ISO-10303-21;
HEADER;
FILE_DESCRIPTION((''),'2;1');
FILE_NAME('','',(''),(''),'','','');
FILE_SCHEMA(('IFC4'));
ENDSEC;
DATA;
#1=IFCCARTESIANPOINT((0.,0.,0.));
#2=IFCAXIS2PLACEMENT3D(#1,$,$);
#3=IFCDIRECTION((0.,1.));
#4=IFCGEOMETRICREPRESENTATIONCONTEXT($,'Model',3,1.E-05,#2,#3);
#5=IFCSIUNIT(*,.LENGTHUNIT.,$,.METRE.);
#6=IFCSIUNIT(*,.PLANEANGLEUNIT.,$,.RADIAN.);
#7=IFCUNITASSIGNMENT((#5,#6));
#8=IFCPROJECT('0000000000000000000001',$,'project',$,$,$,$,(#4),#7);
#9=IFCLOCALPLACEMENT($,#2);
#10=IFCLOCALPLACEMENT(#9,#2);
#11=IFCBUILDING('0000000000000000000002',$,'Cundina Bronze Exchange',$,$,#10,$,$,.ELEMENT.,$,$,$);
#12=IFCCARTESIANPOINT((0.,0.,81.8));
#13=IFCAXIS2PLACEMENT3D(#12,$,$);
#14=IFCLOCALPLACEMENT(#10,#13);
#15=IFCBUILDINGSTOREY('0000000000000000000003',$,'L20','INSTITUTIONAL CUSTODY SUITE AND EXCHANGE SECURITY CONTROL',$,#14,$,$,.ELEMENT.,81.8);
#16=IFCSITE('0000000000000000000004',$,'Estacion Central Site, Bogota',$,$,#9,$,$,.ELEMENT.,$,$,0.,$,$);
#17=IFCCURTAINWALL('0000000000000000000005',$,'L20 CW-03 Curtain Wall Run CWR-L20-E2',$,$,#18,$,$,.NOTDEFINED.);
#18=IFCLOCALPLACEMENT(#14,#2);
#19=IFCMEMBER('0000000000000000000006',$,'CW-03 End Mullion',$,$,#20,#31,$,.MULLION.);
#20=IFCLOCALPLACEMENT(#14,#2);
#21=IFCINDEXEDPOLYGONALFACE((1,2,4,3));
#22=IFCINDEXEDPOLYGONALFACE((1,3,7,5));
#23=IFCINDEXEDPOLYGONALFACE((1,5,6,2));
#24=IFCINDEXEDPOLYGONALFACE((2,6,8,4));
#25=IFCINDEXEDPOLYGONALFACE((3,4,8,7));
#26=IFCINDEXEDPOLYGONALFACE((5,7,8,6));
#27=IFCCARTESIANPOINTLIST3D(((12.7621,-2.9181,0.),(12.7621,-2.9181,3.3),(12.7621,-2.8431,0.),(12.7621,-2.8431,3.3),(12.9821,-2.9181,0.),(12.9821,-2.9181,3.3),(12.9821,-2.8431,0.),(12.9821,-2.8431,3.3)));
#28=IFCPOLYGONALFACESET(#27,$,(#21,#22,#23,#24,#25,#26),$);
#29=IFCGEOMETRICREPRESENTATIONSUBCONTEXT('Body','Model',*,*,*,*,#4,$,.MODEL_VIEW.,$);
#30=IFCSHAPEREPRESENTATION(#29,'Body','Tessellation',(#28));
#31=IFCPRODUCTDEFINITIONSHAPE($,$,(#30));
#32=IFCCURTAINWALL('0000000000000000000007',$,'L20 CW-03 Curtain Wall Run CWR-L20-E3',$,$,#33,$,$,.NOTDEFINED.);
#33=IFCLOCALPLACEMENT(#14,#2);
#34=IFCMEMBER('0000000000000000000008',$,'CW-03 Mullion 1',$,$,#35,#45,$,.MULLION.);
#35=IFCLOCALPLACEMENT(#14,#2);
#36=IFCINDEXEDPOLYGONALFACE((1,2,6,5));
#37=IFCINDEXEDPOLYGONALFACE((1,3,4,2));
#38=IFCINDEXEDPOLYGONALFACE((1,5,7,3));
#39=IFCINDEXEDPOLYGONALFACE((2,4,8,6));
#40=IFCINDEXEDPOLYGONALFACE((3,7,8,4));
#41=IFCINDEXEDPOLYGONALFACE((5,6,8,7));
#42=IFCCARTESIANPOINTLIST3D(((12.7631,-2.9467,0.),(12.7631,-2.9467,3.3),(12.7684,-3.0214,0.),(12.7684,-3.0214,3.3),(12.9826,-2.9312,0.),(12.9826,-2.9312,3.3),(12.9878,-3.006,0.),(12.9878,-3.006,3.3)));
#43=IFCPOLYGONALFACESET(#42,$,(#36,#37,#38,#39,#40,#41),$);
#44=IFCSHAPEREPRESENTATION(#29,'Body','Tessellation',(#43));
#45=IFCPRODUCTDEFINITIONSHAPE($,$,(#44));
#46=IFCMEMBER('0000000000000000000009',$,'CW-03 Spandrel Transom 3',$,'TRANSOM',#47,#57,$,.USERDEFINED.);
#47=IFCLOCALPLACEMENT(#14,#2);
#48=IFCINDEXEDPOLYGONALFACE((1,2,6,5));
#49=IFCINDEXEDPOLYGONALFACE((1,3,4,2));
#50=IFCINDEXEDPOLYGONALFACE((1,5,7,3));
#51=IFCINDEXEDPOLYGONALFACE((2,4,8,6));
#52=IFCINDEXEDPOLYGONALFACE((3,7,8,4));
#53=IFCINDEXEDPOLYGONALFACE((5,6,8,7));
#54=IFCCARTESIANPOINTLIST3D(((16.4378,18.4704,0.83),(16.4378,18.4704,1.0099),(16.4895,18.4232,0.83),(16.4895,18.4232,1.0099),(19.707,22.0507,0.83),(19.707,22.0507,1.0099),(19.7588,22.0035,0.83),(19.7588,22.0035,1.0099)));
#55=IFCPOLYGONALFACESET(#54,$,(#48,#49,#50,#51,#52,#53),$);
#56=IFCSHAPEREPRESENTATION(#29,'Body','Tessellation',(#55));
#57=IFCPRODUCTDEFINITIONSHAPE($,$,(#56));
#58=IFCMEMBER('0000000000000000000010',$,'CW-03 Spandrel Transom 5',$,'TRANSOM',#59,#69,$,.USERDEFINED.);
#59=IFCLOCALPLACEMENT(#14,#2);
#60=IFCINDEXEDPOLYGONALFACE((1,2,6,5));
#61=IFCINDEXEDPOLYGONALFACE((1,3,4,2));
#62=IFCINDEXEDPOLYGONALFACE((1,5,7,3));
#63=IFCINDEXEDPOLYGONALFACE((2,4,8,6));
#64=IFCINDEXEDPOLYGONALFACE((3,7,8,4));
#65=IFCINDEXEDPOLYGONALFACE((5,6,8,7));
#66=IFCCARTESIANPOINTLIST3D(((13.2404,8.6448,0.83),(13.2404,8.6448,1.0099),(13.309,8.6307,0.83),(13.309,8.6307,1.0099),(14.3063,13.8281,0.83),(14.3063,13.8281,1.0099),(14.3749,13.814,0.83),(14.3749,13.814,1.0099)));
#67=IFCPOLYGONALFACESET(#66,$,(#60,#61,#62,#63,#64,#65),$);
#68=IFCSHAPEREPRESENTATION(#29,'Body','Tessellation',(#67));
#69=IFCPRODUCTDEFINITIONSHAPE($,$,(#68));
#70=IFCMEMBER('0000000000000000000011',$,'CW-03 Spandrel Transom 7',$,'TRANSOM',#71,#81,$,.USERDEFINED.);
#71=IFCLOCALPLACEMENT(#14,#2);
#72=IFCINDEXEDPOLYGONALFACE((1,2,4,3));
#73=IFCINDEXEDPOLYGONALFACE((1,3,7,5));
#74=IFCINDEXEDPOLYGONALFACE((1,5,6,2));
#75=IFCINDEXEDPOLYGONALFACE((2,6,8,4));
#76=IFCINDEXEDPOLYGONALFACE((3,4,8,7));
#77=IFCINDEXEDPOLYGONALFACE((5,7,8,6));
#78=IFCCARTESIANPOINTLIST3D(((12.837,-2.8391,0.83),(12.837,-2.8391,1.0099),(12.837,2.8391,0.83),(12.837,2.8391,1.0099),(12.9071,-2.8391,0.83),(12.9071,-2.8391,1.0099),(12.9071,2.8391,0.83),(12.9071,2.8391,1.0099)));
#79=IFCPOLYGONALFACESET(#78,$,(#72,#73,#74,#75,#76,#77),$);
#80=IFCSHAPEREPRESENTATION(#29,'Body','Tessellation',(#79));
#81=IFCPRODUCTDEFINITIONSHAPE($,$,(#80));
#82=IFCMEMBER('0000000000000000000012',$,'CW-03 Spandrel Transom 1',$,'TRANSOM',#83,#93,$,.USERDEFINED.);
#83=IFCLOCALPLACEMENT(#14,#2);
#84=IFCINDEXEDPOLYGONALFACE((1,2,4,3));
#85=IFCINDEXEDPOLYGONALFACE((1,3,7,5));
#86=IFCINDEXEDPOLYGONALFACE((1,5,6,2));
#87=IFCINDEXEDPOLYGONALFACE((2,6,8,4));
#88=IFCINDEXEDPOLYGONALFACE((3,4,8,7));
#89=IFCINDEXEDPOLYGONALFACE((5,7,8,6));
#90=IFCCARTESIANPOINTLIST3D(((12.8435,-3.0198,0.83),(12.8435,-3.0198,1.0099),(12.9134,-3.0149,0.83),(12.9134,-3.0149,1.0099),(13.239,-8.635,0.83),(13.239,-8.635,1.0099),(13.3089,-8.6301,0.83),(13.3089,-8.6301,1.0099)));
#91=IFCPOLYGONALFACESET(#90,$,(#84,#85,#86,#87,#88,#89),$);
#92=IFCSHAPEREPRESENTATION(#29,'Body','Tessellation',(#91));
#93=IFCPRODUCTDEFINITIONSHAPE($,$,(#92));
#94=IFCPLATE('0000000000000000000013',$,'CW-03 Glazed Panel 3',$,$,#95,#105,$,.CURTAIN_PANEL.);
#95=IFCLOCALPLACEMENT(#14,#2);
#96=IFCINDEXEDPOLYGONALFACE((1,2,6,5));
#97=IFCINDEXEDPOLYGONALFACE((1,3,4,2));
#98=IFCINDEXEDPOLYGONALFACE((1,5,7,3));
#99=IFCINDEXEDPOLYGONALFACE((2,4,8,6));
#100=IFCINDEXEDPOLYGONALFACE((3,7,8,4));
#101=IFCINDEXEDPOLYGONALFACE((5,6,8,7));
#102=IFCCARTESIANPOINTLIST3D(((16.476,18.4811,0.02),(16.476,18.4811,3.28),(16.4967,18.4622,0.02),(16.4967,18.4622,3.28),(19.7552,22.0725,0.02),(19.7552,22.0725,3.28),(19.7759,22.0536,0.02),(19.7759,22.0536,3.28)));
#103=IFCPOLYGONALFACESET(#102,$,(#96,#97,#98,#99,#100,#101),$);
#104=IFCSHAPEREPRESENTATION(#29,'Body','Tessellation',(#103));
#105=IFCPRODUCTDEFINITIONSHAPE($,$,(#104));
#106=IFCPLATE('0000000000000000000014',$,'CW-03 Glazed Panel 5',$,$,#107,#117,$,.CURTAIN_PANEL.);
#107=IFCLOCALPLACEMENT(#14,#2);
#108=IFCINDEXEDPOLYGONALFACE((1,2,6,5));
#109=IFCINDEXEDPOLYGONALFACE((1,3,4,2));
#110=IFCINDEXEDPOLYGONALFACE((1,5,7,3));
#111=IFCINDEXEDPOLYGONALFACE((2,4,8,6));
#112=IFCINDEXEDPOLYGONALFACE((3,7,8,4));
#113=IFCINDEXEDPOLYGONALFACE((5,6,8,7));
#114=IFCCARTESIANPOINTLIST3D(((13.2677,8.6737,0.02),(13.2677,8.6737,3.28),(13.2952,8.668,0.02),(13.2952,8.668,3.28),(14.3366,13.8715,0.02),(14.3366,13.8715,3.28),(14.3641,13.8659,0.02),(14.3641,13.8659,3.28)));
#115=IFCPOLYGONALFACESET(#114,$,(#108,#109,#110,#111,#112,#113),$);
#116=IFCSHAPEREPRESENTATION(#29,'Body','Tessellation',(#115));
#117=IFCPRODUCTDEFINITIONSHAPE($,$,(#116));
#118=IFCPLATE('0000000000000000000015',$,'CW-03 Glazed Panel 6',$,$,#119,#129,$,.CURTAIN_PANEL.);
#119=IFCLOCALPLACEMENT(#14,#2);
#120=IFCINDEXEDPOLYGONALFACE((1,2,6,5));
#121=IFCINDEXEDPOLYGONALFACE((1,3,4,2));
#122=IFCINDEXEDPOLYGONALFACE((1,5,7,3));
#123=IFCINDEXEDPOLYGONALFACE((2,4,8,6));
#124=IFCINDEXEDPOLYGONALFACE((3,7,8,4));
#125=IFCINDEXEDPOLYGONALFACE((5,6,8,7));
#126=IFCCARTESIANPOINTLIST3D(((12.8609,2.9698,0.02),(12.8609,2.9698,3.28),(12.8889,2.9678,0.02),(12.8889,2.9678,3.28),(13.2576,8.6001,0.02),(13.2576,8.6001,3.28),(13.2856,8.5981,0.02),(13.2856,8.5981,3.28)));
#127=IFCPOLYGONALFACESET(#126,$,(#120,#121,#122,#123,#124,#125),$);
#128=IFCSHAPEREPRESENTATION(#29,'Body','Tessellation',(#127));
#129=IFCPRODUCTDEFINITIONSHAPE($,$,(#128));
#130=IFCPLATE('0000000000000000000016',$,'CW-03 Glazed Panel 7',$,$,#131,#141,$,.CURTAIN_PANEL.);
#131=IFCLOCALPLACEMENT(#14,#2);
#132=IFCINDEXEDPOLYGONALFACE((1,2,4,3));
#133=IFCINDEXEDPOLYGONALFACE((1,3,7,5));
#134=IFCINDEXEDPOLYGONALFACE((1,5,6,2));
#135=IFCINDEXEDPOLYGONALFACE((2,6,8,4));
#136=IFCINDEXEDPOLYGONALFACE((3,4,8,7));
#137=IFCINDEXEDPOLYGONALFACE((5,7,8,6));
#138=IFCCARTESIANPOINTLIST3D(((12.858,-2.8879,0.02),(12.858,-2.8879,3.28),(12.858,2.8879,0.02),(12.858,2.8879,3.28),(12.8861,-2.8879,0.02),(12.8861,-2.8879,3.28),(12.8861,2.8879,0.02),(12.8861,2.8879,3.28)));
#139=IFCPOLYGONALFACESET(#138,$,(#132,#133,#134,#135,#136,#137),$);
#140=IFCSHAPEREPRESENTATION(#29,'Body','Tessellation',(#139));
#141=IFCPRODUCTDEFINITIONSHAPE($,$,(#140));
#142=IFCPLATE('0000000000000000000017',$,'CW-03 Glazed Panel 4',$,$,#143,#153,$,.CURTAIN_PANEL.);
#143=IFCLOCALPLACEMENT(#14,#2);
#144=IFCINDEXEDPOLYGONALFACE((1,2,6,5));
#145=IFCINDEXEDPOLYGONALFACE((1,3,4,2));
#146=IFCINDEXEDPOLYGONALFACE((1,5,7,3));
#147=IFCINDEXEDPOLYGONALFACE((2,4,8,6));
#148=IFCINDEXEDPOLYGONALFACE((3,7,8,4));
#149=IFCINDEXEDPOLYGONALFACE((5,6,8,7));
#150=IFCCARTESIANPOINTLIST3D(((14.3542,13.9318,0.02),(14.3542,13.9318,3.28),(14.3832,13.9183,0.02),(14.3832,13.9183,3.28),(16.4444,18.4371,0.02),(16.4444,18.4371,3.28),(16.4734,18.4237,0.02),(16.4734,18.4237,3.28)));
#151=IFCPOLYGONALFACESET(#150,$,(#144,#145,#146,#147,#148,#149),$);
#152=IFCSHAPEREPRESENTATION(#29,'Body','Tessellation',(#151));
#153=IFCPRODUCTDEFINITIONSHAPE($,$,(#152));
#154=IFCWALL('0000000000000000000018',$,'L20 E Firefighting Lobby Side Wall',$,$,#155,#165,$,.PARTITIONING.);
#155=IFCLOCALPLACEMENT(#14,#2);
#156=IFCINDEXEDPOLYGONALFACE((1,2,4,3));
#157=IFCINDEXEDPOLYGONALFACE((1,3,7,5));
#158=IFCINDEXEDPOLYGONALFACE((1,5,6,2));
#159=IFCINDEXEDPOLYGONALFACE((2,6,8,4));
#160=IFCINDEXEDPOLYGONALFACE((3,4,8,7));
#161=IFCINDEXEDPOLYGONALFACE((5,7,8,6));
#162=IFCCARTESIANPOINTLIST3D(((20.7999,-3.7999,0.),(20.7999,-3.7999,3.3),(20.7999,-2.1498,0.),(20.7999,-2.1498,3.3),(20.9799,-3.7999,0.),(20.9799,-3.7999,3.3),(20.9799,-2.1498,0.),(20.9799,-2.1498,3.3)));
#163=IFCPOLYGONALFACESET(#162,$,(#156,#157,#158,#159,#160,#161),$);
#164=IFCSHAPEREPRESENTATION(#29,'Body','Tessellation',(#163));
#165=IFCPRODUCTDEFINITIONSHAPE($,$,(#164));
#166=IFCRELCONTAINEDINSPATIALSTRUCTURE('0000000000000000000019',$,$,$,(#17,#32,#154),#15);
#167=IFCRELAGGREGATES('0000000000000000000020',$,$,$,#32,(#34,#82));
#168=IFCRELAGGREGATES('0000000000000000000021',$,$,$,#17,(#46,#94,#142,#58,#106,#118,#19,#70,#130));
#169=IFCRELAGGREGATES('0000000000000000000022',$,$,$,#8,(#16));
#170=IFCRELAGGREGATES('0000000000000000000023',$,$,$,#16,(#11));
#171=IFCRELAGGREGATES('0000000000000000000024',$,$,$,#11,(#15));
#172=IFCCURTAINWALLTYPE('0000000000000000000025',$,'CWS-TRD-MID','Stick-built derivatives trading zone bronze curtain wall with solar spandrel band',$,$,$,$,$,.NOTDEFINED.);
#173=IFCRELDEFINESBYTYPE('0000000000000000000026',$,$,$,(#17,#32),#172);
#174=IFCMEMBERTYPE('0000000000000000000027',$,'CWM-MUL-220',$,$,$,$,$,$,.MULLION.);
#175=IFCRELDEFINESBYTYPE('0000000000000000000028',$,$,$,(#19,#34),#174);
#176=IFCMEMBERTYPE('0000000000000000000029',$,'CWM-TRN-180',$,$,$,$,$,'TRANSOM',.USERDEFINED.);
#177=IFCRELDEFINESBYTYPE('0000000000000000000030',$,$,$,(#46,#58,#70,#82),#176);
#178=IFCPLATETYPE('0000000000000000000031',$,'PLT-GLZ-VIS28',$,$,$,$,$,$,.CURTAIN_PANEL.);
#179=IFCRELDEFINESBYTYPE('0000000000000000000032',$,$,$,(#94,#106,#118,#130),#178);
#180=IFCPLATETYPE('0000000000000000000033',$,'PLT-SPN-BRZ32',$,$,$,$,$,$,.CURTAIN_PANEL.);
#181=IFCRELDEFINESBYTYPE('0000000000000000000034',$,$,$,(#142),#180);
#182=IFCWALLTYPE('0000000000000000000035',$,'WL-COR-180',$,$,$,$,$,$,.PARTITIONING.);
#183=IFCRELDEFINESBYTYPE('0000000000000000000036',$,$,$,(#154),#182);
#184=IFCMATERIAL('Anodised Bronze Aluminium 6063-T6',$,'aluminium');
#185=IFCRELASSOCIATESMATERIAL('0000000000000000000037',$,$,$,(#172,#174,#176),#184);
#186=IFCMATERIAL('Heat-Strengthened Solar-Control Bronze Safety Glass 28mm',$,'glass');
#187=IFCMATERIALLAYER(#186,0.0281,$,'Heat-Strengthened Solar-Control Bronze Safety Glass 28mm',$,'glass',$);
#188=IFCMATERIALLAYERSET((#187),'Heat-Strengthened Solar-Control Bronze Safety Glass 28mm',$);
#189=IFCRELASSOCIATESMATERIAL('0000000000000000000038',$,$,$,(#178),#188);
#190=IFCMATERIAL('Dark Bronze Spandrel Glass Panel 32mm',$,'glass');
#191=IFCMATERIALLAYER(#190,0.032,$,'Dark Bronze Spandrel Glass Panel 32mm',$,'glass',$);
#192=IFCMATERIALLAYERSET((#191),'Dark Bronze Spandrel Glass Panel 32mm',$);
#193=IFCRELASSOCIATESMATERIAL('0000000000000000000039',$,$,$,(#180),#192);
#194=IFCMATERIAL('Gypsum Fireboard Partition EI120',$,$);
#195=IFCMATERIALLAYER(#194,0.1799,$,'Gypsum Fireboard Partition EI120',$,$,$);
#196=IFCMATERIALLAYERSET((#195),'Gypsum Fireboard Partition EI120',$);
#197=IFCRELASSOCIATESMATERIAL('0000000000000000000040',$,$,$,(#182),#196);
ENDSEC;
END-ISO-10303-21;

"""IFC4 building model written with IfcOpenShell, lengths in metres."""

from ifc_helpers import new_model, si_unit, direction, frame, frame_2d, origin, origin_2d, place, context, subcontext, project, spatial, rectangle, extrude, material, layer, layer_set, material_profile, profile_set, type_object, element, aggregate, save


model = new_model("IFC4")

# Units and contexts
model_context = context("Model", 3, precision=1e-05, world=origin(), true_north=direction((0.0, 1.0)))
body_context = subcontext(model_context, "Body", "Model", "MODEL_VIEW")
ifc_project = project(units=[si_unit("LENGTHUNIT", "METRE"), si_unit("PLANEANGLEUNIT", "RADIAN")], contexts=[model_context])

# Site, building, storey
site_placement = place(None, origin())
site = spatial("IfcSite", under=ifc_project, at=site_placement, Name="Estacion Central Site, Bogota", CompositionType="ELEMENT", RefElevation=0.0)
building_placement = place(site_placement, origin())
building = spatial("IfcBuilding", under=site, at=building_placement, Name="Cundina Bronze Exchange", CompositionType="ELEMENT")
storey_placement = place(building_placement, frame((0.0, 0.0, 81.8)))
storey = spatial("IfcBuildingStorey", under=building, at=storey_placement, Name="L20", Description="INSTITUTIONAL CUSTODY SUITE AND EXCHANGE SECURITY CONTROL", CompositionType="ELEMENT", Elevation=81.8)

# Curtain wall, member
ifc_material_1 = material(Name="Anodised Bronze Aluminium 6063-T6", Category="aluminium")
curtain_wall_type = type_object("IfcCurtainWallType", Name="CWS-TRD-MID", Description="Stick-built derivatives trading zone bronze curtain wall with solar spandrel band", PredefinedType="NOTDEFINED", material=ifc_material_1)
curtain_wall_1_placement = place(storey_placement, origin())
curtain_wall_1 = element("IfcCurtainWall", 1, at=curtain_wall_1_placement, inside=storey, type_object=curtain_wall_type, Name="L20 CW-03 Curtain Wall Run CWR-L20-E2", PredefinedType="NOTDEFINED")
ifc_material_profile_1 = material_profile(ifc_material_1, rectangle(XDim=0.075, YDim=0.22, at=origin_2d()), Name="AL75X220", Category="aluminium")
ifc_profile_set_1 = profile_set([ifc_material_profile_1], Name="Anodised Bronze Aluminium 6063-T6")
member_type_1 = type_object("IfcMemberType", Name="CWM-MUL-220", PredefinedType="MULLION", material=ifc_profile_set_1)
member_1_placement = place(storey_placement, frame((12.8721, -2.8806, 0.0), z_axis=(0.0, 0.0, 1.0), x_axis=(0.0, -1.0, 0.0)))
member_1 = element("IfcMember", 2, at=member_1_placement, type_object=member_type_1, Name="CW-03 End Mullion", PredefinedType="MULLION", context=body_context, shape_type="SweptSolid", body=[
    extrude(rectangle(XDim=0.075, YDim=0.22, at=origin_2d()), origin(), (0.0, 0.0, 1.0), 3.3),
])

# Curtain wall, member
curtain_wall_2_placement = place(storey_placement, origin())
curtain_wall_2 = element("IfcCurtainWall", 3, at=curtain_wall_2_placement, inside=storey, type_object=curtain_wall_type, Name="L20 CW-03 Curtain Wall Run CWR-L20-E3", PredefinedType="NOTDEFINED")
member_2_placement = place(storey_placement, frame((12.8755, -2.9763, 0.0), z_axis=(0.0, 0.0, 1.0), x_axis=(0.070279, -0.997527, 0.0)))
member_2 = element("IfcMember", 4, at=member_2_placement, type_object=member_type_1, Name="CW-03 Mullion 1", PredefinedType="MULLION", context=body_context, shape_type="SweptSolid", body=[
    extrude(rectangle(XDim=0.075, YDim=0.22, at=origin_2d()), origin(), (0.0, 0.0, 1.0), 3.3),
])

# Members
ifc_material_profile_2 = material_profile(ifc_material_1, rectangle(XDim=0.0701, YDim=0.1799, at=origin_2d()), Name="AL70X180", Category="aluminium")
ifc_profile_set_2 = profile_set([ifc_material_profile_2], Name="Anodised Bronze Aluminium 6063-T6")
member_type_2 = type_object("IfcMemberType", Name="CWM-TRN-180", ElementType="TRANSOM", PredefinedType="USERDEFINED", material=ifc_profile_set_2)
member_3_placement = place(storey_placement, frame((19.7329, 22.0271, 0.9199), z_axis=(-0.674303, -0.738455, 0.0), x_axis=(0.738455, -0.674303, 0.0)))
member_3 = element("IfcMember", 5, at=member_3_placement, type_object=member_type_2, Name="CW-03 Spandrel Transom 3", ObjectType="TRANSOM", PredefinedType="USERDEFINED", context=body_context, shape_type="SweptSolid", body=[
    extrude(rectangle(XDim=0.0701, YDim=0.1799, at=origin_2d()), origin(), (0.0, 0.0, 1.0), 4.8484),
])
member_4_placement = place(storey_placement, frame((14.3406, 13.821, 0.9199), z_axis=(-0.201428, -0.979503, 0.0), x_axis=(0.979503, -0.201428, 0.0)))
member_4 = element("IfcMember", 6, at=member_4_placement, type_object=member_type_2, Name="CW-03 Spandrel Transom 5", ObjectType="TRANSOM", PredefinedType="USERDEFINED", context=body_context, shape_type="SweptSolid", body=[
    extrude(rectangle(XDim=0.0701, YDim=0.1799, at=origin_2d()), origin(), (0.0, 0.0, 1.0), 5.2917),
])
member_5_placement = place(storey_placement, frame((12.8721, 2.8391, 0.9199), z_axis=(0.0, -1.0, 0.0), x_axis=(1.0, 0.0, 0.0)))
member_5 = element("IfcMember", 7, at=member_5_placement, type_object=member_type_2, Name="CW-03 Spandrel Transom 7", ObjectType="TRANSOM", PredefinedType="USERDEFINED", context=body_context, shape_type="SweptSolid", body=[
    extrude(rectangle(XDim=0.0701, YDim=0.1799, at=origin_2d()), origin(), (0.0, 0.0, 1.0), 5.6782),
])
member_6_placement = place(storey_placement, frame((12.8784, -3.0173, 0.9199), z_axis=(0.070261, -0.997529, 0.0), x_axis=(0.997529, 0.070261, 0.0)))
member_6 = element("IfcMember", 8, at=member_6_placement, type_object=member_type_2, Name="CW-03 Spandrel Transom 1", ObjectType="TRANSOM", PredefinedType="USERDEFINED", context=body_context, shape_type="SweptSolid", body=[
    extrude(rectangle(XDim=0.0701, YDim=0.1799, at=origin_2d()), origin(), (0.0, 0.0, 1.0), 5.6292),
])
aggregate(curtain_wall_2, [member_2, member_6])

# Plates
ifc_material_2 = material(Name="Heat-Strengthened Solar-Control Bronze Safety Glass 28mm", Category="glass")
ifc_layer_1 = layer(ifc_material_2, 0.0281, Name="Heat-Strengthened Solar-Control Bronze Safety Glass 28mm", Category="glass")
ifc_layer_set_1 = layer_set([ifc_layer_1], Name="Heat-Strengthened Solar-Control Bronze Safety Glass 28mm")
plate_type_1 = type_object("IfcPlateType", Name="PLT-GLZ-VIS28", PredefinedType="CURTAIN_PANEL", material=ifc_layer_set_1)
plate_1_placement = place(storey_placement, frame((18.126, 20.2673, 0.02), z_axis=(0.0, 0.0, 1.0), x_axis=(-0.674277, -0.738479, 0.0)))
plate_1 = element("IfcPlate", 9, at=plate_1_placement, type_object=plate_type_1, Name="CW-03 Glazed Panel 3", PredefinedType="CURTAIN_PANEL", context=body_context, shape_type="SweptSolid", body=[
    extrude(rectangle(XDim=4.8633, YDim=0.0281, at=origin_2d()), origin(), (0.0, 0.0, 1.0), 3.26),
])
plate_2_placement = place(storey_placement, frame((13.8159, 11.2698, 0.02), z_axis=(0.0, 0.0, 1.0), x_axis=(-0.20142, -0.979505, 0.0)))
plate_2 = element("IfcPlate", 10, at=plate_2_placement, type_object=plate_type_1, Name="CW-03 Glazed Panel 5", PredefinedType="CURTAIN_PANEL", context=body_context, shape_type="SweptSolid", body=[
    extrude(rectangle(XDim=5.3066, YDim=0.0281, at=origin_2d()), origin(), (0.0, 0.0, 1.0), 3.26),
])
plate_3_placement = place(storey_placement, frame((13.0732, 5.7839, 0.02), z_axis=(0.0, 0.0, 1.0), x_axis=(-0.070279, -0.997527, 0.0)))
plate_3 = element("IfcPlate", 11, at=plate_3_placement, type_object=plate_type_1, Name="CW-03 Glazed Panel 6", PredefinedType="CURTAIN_PANEL", context=body_context, shape_type="SweptSolid", body=[
    extrude(rectangle(XDim=5.6443, YDim=0.0281, at=origin_2d()), origin(), (0.0, 0.0, 1.0), 3.26),
])
plate_4_placement = place(storey_placement, frame((12.8721, 0.0, 0.02), z_axis=(0.0, 0.0, 1.0), x_axis=(0.0, -1.0, 0.0)))
plate_4 = element("IfcPlate", 12, at=plate_4_placement, type_object=plate_type_1, Name="CW-03 Glazed Panel 7", PredefinedType="CURTAIN_PANEL", context=body_context, shape_type="SweptSolid", body=[
    extrude(rectangle(XDim=5.7759, YDim=0.0281, at=origin_2d()), origin(), (0.0, 0.0, 1.0), 3.26),
])
ifc_material_3 = material(Name="Dark Bronze Spandrel Glass Panel 32mm", Category="glass")
ifc_layer_2 = layer(ifc_material_3, 0.032, Name="Dark Bronze Spandrel Glass Panel 32mm", Category="glass")
ifc_layer_set_2 = layer_set([ifc_layer_2], Name="Dark Bronze Spandrel Glass Panel 32mm")
plate_type_2 = type_object("IfcPlateType", Name="PLT-SPN-BRZ32", PredefinedType="CURTAIN_PANEL", material=ifc_layer_set_2)
plate_5_placement = place(storey_placement, frame((15.4138, 16.1777, 0.02), z_axis=(0.0, 0.0, 1.0), x_axis=(-0.420846, -0.907132, 0.0)))
plate_5 = element("IfcPlate", 13, at=plate_5_placement, type_object=plate_type_2, Name="CW-03 Glazed Panel 4", PredefinedType="CURTAIN_PANEL", context=body_context, shape_type="SweptSolid", body=[
    extrude(rectangle(XDim=4.9666, YDim=0.032, at=origin_2d()), origin(), (0.0, 0.0, 1.0), 3.26),
])
aggregate(curtain_wall_1, [member_3, plate_1, plate_5, member_4, plate_2, plate_3, member_1, member_5, plate_4])

# Wall
ifc_material_4 = material(Name="Gypsum Fireboard Partition EI120")
ifc_layer_3 = layer(ifc_material_4, 0.1799, Name="Gypsum Fireboard Partition EI120")
ifc_layer_set_3 = layer_set([ifc_layer_3], Name="Gypsum Fireboard Partition EI120")
wall_type_1 = type_object("IfcWallType", Name="WL-COR-180", PredefinedType="PARTITIONING", material=ifc_layer_set_3)
wall_1_placement = place(storey_placement, frame((20.8899, -3.8, 0.0), z_axis=(0.0, 0.0, 1.0), x_axis=(0.0, 1.0, 0.0)))
element("IfcWall", 14, at=wall_1_placement, inside=storey, type_object=wall_type_1, Name="L20 E Firefighting Lobby Side Wall", PredefinedType="PARTITIONING", context=body_context, shape_type="SweptSolid", body=[
    extrude(rectangle(XDim=1.6501, YDim=0.1799, at=frame_2d((0.8252, 0.0))), origin(), (0.0, 0.0, 1.0), 3.3),
])

save(model, "model.ifc")
